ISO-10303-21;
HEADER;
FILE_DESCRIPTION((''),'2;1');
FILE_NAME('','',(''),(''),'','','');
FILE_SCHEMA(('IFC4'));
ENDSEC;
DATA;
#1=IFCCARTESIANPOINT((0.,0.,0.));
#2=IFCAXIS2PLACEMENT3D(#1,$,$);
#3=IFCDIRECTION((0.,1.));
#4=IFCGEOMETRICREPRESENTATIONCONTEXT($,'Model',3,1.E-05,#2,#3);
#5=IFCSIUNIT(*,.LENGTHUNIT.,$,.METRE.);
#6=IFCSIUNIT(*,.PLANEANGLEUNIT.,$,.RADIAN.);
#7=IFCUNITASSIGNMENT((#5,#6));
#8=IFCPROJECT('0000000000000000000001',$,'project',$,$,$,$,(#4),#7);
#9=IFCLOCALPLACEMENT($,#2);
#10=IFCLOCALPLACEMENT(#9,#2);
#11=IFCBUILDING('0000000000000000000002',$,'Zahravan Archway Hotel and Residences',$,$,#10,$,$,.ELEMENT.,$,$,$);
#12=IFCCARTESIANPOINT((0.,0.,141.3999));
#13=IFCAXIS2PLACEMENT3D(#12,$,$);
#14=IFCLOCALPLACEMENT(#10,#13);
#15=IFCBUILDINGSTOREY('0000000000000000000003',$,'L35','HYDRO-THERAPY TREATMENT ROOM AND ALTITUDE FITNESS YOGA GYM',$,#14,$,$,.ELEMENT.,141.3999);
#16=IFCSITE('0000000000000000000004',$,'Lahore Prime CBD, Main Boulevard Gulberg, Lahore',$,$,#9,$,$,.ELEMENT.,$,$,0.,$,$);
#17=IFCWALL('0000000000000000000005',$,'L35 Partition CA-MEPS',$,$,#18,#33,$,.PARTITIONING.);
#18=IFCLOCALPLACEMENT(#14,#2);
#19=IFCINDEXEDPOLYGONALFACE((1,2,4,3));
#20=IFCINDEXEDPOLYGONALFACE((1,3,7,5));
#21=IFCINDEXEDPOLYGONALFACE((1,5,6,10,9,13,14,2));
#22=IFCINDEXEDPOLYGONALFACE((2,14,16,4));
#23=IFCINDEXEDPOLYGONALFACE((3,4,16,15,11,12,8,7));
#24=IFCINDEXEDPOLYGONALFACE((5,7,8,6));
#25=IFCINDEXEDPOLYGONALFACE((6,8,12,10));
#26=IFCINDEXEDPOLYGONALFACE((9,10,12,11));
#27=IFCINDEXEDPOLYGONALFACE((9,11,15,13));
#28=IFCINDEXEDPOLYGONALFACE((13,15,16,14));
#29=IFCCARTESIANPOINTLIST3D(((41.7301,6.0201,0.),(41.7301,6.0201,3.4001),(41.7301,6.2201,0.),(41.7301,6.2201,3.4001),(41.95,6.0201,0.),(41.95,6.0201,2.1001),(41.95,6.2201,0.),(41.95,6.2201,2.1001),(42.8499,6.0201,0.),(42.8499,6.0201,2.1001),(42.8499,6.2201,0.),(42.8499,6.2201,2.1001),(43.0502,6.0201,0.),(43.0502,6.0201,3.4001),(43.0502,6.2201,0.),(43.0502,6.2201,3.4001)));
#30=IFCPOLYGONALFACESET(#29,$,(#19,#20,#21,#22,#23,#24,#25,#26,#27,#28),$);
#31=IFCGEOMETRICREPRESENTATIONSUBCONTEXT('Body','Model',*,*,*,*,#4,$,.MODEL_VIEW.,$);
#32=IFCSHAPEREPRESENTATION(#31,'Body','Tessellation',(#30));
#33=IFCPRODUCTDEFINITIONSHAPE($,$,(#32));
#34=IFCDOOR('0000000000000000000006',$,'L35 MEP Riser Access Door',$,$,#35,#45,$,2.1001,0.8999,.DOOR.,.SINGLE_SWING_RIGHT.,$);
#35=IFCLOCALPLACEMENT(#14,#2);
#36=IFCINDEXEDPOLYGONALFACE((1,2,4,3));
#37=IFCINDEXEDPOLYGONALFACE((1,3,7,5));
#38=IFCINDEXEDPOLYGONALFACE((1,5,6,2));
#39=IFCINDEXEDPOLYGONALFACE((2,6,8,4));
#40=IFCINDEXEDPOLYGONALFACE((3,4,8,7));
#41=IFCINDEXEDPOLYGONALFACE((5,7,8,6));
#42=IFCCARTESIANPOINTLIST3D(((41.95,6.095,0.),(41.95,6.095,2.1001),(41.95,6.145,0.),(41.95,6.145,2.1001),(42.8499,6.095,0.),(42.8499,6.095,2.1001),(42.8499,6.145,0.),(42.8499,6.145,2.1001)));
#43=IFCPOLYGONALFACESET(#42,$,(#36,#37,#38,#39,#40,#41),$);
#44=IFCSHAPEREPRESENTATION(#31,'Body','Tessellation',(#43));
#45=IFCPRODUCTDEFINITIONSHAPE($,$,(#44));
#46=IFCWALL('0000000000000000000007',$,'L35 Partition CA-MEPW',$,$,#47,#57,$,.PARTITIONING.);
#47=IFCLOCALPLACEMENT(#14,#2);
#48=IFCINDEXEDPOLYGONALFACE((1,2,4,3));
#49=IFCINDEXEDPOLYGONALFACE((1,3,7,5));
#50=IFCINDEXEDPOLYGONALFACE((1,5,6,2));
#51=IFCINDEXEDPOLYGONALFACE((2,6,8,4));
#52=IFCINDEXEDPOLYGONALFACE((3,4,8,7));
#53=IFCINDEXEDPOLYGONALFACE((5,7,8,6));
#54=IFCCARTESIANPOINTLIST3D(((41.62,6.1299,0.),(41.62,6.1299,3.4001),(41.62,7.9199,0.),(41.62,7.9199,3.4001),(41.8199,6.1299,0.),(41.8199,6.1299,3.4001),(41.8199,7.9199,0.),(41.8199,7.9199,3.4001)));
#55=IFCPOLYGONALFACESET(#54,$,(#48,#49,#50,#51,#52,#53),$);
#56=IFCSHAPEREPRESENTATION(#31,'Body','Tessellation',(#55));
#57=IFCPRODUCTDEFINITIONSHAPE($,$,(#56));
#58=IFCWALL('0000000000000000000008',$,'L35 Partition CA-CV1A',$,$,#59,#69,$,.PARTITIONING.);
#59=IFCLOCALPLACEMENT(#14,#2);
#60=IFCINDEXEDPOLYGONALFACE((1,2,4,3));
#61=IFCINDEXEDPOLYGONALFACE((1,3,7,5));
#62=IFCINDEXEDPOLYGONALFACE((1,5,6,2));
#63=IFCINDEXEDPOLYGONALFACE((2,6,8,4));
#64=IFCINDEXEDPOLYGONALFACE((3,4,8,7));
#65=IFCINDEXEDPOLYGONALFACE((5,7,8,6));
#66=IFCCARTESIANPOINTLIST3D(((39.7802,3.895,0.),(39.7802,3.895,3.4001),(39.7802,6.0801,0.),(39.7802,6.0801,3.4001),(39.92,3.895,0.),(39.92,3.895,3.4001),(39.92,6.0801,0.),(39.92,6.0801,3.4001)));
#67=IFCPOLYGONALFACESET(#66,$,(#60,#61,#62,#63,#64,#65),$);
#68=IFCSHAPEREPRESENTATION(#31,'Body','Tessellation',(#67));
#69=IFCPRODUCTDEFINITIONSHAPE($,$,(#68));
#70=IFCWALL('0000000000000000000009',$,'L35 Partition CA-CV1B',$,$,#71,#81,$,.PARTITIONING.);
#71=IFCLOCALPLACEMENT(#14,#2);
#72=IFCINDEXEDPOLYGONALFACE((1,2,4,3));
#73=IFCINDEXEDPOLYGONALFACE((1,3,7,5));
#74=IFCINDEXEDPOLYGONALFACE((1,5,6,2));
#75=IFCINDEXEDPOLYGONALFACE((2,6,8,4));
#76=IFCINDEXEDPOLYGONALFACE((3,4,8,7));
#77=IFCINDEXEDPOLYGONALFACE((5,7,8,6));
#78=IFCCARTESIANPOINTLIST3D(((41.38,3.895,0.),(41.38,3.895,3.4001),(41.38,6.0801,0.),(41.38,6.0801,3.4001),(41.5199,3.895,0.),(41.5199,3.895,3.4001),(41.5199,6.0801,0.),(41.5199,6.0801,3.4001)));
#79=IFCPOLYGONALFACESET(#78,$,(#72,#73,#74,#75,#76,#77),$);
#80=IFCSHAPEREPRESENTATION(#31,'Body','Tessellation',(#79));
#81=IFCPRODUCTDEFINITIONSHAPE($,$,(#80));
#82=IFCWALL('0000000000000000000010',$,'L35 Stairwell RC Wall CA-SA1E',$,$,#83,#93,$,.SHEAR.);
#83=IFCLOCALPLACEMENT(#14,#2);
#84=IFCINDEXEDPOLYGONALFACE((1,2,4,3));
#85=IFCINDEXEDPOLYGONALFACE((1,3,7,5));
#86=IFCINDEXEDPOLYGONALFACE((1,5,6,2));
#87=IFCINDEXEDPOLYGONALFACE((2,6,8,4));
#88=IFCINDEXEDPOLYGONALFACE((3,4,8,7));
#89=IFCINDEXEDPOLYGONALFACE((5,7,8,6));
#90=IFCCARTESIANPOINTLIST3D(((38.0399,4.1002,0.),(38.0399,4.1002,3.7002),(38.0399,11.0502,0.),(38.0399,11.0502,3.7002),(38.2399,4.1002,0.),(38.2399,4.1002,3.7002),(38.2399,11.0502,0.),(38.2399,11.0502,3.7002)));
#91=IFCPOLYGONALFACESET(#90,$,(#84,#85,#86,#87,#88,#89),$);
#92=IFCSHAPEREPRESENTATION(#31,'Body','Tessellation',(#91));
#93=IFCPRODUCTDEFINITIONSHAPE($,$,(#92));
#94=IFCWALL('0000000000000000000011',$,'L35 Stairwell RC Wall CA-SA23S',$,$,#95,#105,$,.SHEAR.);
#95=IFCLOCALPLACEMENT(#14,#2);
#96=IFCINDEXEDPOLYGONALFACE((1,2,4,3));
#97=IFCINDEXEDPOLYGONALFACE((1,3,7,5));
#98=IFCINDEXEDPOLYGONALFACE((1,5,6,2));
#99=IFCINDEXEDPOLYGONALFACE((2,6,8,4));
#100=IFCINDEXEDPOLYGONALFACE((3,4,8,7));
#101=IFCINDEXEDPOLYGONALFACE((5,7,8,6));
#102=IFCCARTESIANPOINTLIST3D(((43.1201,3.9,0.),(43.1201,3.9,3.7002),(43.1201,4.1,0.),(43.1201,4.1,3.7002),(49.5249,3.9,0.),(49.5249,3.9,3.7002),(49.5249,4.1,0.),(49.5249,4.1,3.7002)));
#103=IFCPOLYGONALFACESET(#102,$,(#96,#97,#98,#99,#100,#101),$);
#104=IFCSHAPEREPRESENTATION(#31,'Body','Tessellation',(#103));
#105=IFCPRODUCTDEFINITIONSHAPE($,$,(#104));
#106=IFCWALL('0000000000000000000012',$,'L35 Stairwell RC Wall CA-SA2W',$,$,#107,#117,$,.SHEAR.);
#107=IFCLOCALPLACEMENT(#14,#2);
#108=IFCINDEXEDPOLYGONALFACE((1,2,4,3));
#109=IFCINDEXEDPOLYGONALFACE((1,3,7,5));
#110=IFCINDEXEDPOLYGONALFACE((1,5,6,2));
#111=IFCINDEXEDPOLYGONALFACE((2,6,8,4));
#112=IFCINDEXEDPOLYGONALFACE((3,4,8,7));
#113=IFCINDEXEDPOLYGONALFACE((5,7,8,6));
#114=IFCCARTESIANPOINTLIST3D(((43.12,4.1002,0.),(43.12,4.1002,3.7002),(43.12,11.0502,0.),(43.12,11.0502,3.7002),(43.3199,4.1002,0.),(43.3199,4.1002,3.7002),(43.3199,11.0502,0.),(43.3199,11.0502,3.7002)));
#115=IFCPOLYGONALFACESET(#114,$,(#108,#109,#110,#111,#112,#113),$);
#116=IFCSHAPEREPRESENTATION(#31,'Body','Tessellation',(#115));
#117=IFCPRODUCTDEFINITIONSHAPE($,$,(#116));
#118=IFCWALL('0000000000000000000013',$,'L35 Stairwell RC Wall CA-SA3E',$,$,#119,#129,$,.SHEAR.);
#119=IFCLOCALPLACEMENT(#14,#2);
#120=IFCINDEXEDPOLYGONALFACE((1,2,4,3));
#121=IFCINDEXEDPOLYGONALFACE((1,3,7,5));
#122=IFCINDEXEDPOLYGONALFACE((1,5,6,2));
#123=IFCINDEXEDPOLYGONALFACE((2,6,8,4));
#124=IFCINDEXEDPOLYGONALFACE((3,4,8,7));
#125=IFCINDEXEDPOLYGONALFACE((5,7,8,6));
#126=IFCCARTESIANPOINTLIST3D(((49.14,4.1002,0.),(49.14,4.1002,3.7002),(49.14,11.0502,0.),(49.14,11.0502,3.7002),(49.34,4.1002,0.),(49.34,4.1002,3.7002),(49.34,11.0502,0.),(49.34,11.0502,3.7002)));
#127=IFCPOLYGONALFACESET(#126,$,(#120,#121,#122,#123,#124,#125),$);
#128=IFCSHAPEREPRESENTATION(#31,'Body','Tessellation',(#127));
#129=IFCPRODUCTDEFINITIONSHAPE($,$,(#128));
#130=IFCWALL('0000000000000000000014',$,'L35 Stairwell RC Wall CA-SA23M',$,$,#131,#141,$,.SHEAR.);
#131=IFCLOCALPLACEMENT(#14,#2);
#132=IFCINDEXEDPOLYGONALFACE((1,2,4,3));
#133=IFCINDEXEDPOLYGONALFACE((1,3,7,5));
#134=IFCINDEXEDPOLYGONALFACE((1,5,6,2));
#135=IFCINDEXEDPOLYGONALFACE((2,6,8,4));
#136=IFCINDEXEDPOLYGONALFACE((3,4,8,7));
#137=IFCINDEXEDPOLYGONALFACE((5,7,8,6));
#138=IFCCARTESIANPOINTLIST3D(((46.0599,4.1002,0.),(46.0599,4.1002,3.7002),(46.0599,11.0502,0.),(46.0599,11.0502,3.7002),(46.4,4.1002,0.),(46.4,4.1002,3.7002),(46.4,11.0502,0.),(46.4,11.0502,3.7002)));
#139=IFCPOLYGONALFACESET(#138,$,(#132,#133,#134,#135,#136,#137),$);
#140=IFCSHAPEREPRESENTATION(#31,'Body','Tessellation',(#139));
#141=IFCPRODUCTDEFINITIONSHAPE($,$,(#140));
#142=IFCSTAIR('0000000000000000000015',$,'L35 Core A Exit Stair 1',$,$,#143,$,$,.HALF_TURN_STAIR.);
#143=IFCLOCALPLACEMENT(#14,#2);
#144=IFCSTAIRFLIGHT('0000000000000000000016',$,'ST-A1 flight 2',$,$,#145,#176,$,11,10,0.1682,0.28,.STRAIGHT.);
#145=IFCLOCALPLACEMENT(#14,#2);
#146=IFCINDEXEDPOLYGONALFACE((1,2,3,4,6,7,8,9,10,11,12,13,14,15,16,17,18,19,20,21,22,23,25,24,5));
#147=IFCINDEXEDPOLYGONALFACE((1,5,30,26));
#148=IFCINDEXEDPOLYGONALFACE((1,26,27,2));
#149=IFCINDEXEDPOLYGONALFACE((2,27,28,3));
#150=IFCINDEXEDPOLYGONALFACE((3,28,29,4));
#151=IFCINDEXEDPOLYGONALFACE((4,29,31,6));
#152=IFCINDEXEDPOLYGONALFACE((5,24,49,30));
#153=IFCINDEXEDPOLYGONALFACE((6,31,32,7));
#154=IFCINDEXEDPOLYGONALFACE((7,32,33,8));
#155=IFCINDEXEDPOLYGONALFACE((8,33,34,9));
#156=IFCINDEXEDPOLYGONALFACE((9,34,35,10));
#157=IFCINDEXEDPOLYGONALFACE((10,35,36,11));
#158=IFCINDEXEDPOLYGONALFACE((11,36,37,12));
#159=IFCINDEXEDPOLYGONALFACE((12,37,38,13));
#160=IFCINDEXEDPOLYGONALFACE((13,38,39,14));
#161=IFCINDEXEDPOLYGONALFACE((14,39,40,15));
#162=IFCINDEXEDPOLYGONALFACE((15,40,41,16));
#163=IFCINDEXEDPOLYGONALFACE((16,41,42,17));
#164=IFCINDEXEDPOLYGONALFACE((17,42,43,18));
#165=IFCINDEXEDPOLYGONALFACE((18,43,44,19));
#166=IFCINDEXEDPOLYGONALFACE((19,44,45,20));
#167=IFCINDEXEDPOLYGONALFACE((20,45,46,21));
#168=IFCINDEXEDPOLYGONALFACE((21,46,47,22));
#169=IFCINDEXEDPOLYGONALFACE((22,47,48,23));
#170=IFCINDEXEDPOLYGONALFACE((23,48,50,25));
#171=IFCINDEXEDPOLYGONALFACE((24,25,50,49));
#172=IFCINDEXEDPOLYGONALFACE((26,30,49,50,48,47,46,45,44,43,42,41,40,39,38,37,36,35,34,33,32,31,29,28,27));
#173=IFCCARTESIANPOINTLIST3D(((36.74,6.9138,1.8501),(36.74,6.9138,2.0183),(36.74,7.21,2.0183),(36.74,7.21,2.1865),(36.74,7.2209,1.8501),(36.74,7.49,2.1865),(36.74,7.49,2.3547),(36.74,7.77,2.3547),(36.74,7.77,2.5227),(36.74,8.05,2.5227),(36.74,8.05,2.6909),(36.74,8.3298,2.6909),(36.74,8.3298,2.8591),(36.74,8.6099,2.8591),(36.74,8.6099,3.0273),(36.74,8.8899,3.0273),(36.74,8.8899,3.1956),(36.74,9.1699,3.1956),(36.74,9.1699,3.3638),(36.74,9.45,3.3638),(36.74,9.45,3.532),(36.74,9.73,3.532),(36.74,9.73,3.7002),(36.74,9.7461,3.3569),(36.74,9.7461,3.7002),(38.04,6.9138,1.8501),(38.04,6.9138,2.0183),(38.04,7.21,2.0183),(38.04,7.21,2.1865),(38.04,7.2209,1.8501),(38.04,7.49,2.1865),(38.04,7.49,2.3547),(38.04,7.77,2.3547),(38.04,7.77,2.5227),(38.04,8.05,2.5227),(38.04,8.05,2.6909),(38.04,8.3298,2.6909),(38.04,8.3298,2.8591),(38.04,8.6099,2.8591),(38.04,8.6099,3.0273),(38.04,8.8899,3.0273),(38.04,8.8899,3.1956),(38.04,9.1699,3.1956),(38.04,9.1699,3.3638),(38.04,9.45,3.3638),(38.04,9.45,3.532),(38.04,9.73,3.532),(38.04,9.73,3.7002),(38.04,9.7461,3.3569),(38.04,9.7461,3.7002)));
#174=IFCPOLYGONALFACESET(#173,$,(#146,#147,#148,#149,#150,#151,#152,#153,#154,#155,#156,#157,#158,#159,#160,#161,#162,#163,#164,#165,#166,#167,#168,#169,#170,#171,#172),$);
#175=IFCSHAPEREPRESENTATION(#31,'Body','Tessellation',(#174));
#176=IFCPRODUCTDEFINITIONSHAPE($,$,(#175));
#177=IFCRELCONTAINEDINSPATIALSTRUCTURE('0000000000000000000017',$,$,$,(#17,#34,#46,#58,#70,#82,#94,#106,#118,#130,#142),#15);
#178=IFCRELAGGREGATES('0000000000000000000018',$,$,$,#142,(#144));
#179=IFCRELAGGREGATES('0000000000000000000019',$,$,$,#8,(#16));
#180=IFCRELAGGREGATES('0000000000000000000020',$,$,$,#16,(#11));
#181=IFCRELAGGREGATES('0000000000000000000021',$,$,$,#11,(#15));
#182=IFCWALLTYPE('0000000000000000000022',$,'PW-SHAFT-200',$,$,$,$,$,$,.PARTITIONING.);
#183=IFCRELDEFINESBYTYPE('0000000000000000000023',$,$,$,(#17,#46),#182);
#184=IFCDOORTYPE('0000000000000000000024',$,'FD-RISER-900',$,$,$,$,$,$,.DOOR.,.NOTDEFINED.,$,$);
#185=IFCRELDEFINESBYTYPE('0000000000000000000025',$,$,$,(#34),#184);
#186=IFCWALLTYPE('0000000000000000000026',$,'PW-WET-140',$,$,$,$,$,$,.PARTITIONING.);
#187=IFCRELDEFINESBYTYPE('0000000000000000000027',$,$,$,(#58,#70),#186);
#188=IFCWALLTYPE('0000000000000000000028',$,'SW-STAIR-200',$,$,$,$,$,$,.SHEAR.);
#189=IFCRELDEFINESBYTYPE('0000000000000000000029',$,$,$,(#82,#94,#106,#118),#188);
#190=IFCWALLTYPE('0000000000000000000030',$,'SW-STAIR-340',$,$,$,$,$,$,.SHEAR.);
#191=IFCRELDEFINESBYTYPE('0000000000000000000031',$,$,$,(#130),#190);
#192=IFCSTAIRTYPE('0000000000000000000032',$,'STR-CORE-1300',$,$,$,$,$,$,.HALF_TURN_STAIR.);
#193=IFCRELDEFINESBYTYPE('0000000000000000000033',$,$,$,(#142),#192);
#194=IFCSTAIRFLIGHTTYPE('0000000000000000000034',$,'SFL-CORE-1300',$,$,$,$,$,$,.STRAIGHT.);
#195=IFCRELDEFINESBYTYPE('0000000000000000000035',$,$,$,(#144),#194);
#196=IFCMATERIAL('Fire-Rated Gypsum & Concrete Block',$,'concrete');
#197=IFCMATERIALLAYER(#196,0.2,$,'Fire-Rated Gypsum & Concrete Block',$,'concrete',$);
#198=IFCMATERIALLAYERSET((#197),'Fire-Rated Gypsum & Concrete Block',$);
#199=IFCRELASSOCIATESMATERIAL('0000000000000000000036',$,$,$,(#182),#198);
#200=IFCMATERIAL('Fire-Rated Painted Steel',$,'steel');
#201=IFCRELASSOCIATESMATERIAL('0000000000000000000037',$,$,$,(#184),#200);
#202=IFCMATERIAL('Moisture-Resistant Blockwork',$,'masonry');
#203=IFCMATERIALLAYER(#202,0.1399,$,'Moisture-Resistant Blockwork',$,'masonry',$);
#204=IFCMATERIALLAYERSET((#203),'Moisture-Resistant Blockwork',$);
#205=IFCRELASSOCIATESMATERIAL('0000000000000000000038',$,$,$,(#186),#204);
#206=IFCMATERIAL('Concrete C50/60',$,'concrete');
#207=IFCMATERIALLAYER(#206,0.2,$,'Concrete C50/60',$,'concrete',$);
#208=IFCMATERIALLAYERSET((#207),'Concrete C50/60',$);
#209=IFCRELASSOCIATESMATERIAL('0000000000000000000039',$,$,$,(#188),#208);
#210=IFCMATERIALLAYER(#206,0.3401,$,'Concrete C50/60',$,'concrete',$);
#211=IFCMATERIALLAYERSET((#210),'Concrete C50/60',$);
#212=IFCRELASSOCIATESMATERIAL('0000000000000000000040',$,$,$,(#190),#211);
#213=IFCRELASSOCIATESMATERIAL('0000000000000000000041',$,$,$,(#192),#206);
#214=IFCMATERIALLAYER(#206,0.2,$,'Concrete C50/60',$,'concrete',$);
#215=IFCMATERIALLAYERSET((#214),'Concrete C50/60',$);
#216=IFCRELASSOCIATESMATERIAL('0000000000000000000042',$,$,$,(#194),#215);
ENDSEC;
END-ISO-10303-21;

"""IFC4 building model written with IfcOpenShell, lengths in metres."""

from ifc_helpers import new_model, si_unit, direction, frame, frame_2d, origin, place, context, subcontext, project, spatial, polyline, rectangle, outline, extrude, source, transform, mapped, material, layer, layer_set, type_object, type_shapes, element, fill, aggregate, save


model = new_model("IFC4")

# Units and contexts
model_context = context("Model", 3, precision=1e-05, world=origin(), true_north=direction((0.0, 1.0)))
body_context = subcontext(model_context, "Body", "Model", "MODEL_VIEW")
ifc_project = project(units=[si_unit("LENGTHUNIT", "METRE"), si_unit("PLANEANGLEUNIT", "RADIAN")], contexts=[model_context])

# Site, building, storey
site_placement = place(None, origin())
site = spatial("IfcSite", under=ifc_project, at=site_placement, Name="Lahore Prime CBD, Main Boulevard Gulberg, Lahore", CompositionType="ELEMENT", RefElevation=0.0)
building_placement = place(site_placement, origin())
building = spatial("IfcBuilding", under=site, at=building_placement, Name="Zahravan Archway Hotel and Residences", CompositionType="ELEMENT")
storey_placement = place(building_placement, frame((0.0, 0.0, 141.3999)))
storey = spatial("IfcBuildingStorey", under=building, at=storey_placement, Name="L35", Description="HYDRO-THERAPY TREATMENT ROOM AND ALTITUDE FITNESS YOGA GYM", CompositionType="ELEMENT", Elevation=141.3999)

# Shared definitions
ifc_material_1 = material(Name="Fire-Rated Gypsum & Concrete Block", Category="concrete")
ifc_layer_1 = layer(ifc_material_1, 0.2, Name="Fire-Rated Gypsum & Concrete Block", Category="concrete")
ifc_layer_set_1 = layer_set([ifc_layer_1], Name="Fire-Rated Gypsum & Concrete Block")
wall_type_1 = type_object("IfcWallType", Name="PW-SHAFT-200", PredefinedType="PARTITIONING", material=ifc_layer_set_1)
ifc_material_2 = material(Name="Fire-Rated Painted Steel", Category="steel")
door_type = type_object("IfcDoorType", Name="FD-RISER-900", OperationType="NOTDEFINED", PredefinedType="DOOR", material=ifc_material_2)
shared_shape_1 = source(origin(), body_context, "Body", "SweptSolid", [
    extrude(rectangle(XDim=0.8999, YDim=2.1001, at=frame_2d((0.45, 1.05))), frame((0.0, 0.0249, 0.0), z_axis=(0.0, -1.0, 0.0), x_axis=(1.0, 0.0, 0.0)), (0.0, 0.0, 1.0), 0.05),
])
type_shapes(door_type, [shared_shape_1])

# Wall, opening, door
wall_1_placement = place(storey_placement, frame((41.73, 6.1201, 0.0), z_axis=(0.0, 0.0, 1.0), x_axis=(1.0, 0.0, 0.0)))
wall_1 = element("IfcWall", 1, at=wall_1_placement, inside=storey, type_object=wall_type_1, Name="L35 Partition CA-MEPS", PredefinedType="PARTITIONING", context=body_context, shape_type="SweptSolid", body=[
    extrude(rectangle(XDim=1.3201, YDim=0.2, at=frame_2d((0.6602, 0.0))), origin(), (0.0, 0.0, 1.0), 3.4001),
])
opening_1_placement = place(wall_1_placement, frame((0.22, 0.0, 0.0)))
opening_1 = element("IfcOpeningElement", 2, at=opening_1_placement, cuts=wall_1, PredefinedType="OPENING", context=body_context, shape_type="SweptSolid", body=[
    extrude(rectangle(XDim=0.8999, YDim=2.1001, at=frame_2d((0.45, 1.05))), frame((0.0, 0.1099, 0.0), z_axis=(0.0, -1.0, 0.0), x_axis=(1.0, 0.0, 0.0)), (0.0, 0.0, 1.0), 0.22),
])
door_1_placement = place(opening_1_placement, origin())
door_1 = element("IfcDoor", 3, at=door_1_placement, inside=storey, type_object=door_type, Name="L35 MEP Riser Access Door", OperationType="SINGLE_SWING_RIGHT", OverallHeight=2.1001, OverallWidth=0.8999, PredefinedType="DOOR", context=body_context, shape_type="MappedRepresentation", body=[
    mapped(shared_shape_1, transform((0.0, 0.0, 0.0), scale=1.0)),
])
fill(opening_1, door_1)

# Walls
wall_2_placement = place(storey_placement, frame((41.72, 6.1299, 0.0), z_axis=(0.0, 0.0, 1.0), x_axis=(0.0, 1.0, 0.0)))
element("IfcWall", 4, at=wall_2_placement, inside=storey, type_object=wall_type_1, Name="L35 Partition CA-MEPW", PredefinedType="PARTITIONING", context=body_context, shape_type="SweptSolid", body=[
    extrude(rectangle(XDim=1.79, YDim=0.2, at=frame_2d((0.895, 0.0))), origin(), (0.0, 0.0, 1.0), 3.4001),
])
ifc_material_3 = material(Name="Moisture-Resistant Blockwork", Category="masonry")
ifc_layer_2 = layer(ifc_material_3, 0.1399, Name="Moisture-Resistant Blockwork", Category="masonry")
ifc_layer_set_2 = layer_set([ifc_layer_2], Name="Moisture-Resistant Blockwork")
wall_type_2 = type_object("IfcWallType", Name="PW-WET-140", PredefinedType="PARTITIONING", material=ifc_layer_set_2)
for number, where, z_axis, x_axis, name in (
    (5, (39.8501, 3.895, 0.0), (0.0, 0.0, 1.0), (0.0, 1.0, 0.0), "L35 Partition CA-CV1A"),
    (6, (41.45, 3.895, 0.0), (0.0, 0.0, 1.0), (0.0, 1.0, 0.0), "L35 Partition CA-CV1B"),
):
    element("IfcWall", number, at=place(storey_placement, frame(where, z_axis=z_axis, x_axis=x_axis)), inside=storey, type_object=wall_type_2, Name=name, PredefinedType="PARTITIONING", context=body_context, shape_type="SweptSolid", body=[
        extrude(rectangle(XDim=2.1851, YDim=0.1399, at=frame_2d((1.0925, 0.0))), origin(), (0.0, 0.0, 1.0), 3.4001),
    ])
ifc_material_4 = material(Name="Concrete C50/60", Category="concrete")
ifc_layer_3 = layer(ifc_material_4, 0.2, Name="Concrete C50/60", Category="concrete")
ifc_layer_set_3 = layer_set([ifc_layer_3], Name="Concrete C50/60")
wall_type_3 = type_object("IfcWallType", Name="SW-STAIR-200", PredefinedType="SHEAR", material=ifc_layer_set_3)
wall_3_placement = place(storey_placement, frame((38.1399, 4.1001, 0.0), z_axis=(0.0, 0.0, 1.0), x_axis=(0.0, 1.0, 0.0)))
element("IfcWall", 7, at=wall_3_placement, inside=storey, type_object=wall_type_3, Name="L35 Stairwell RC Wall CA-SA1E", PredefinedType="SHEAR", context=body_context, shape_type="SweptSolid", body=[
    extrude(rectangle(XDim=6.95, YDim=0.2, at=frame_2d((3.4751, 0.0))), origin(), (0.0, 0.0, 1.0), 3.7002),
])
wall_4_placement = place(storey_placement, frame((43.1201, 4.0, 0.0), z_axis=(0.0, 0.0, 1.0), x_axis=(1.0, 0.0, 0.0)))
element("IfcWall", 8, at=wall_4_placement, inside=storey, type_object=wall_type_3, Name="L35 Stairwell RC Wall CA-SA23S", PredefinedType="SHEAR", context=body_context, shape_type="SweptSolid", body=[
    extrude(rectangle(XDim=6.4048, YDim=0.2, at=frame_2d((3.2024, 0.0))), origin(), (0.0, 0.0, 1.0), 3.7002),
])
for number, where, z_axis, x_axis, name in (
    (9, (43.22, 4.1001, 0.0), (0.0, 0.0, 1.0), (0.0, 1.0, 0.0), "L35 Stairwell RC Wall CA-SA2W"),
    (10, (49.24, 4.1001, 0.0), (0.0, 0.0, 1.0), (0.0, 1.0, 0.0), "L35 Stairwell RC Wall CA-SA3E"),
):
    element("IfcWall", number, at=place(storey_placement, frame(where, z_axis=z_axis, x_axis=x_axis)), inside=storey, type_object=wall_type_3, Name=name, PredefinedType="SHEAR", context=body_context, shape_type="SweptSolid", body=[
        extrude(rectangle(XDim=6.95, YDim=0.2, at=frame_2d((3.4751, 0.0))), origin(), (0.0, 0.0, 1.0), 3.7002),
    ])
ifc_layer_4 = layer(ifc_material_4, 0.3401, Name="Concrete C50/60", Category="concrete")
ifc_layer_set_4 = layer_set([ifc_layer_4], Name="Concrete C50/60")
wall_type_4 = type_object("IfcWallType", Name="SW-STAIR-340", PredefinedType="SHEAR", material=ifc_layer_set_4)
wall_5_placement = place(storey_placement, frame((46.23, 4.1001, 0.0), z_axis=(0.0, 0.0, 1.0), x_axis=(0.0, 1.0, 0.0)))
element("IfcWall", 11, at=wall_5_placement, inside=storey, type_object=wall_type_4, Name="L35 Stairwell RC Wall CA-SA23M", PredefinedType="SHEAR", context=body_context, shape_type="SweptSolid", body=[
    extrude(rectangle(XDim=6.95, YDim=0.3401, at=frame_2d((3.4751, 0.0))), origin(), (0.0, 0.0, 1.0), 3.7002),
])

# Stair, stair flight
stair_type = type_object("IfcStairType", Name="STR-CORE-1300", PredefinedType="HALF_TURN_STAIR", material=ifc_material_4)
stair_1_placement = place(storey_placement, origin())
stair_1 = element("IfcStair", 12, at=stair_1_placement, inside=storey, type_object=stair_type, Name="L35 Core A Exit Stair 1", PredefinedType="HALF_TURN_STAIR")
ifc_layer_5 = layer(ifc_material_4, 0.2, Name="Concrete C50/60", Category="concrete")
ifc_layer_set_5 = layer_set([ifc_layer_5], Name="Concrete C50/60")
stair_flight_type = type_object("IfcStairFlightType", Name="SFL-CORE-1300", PredefinedType="STRAIGHT", material=ifc_layer_set_5)
shared_shape_2 = source(origin(), body_context, "Body", "SweptSolid", [
    extrude(outline(polyline([(-0.0161, 0.0), (-0.0161, 0.1682), (0.28, 0.1682), (0.28, 0.3364), (0.5601, 0.3364), (0.5601, 0.5046), (0.8401, 0.5046), (0.8401, 0.6726), (1.1201, 0.6726), (1.1201, 0.8408), (1.3999, 0.8408), (1.3999, 1.009), (1.6799, 1.009), (1.6799, 1.1772), (1.96, 1.1772), (1.96, 1.3455), (2.24, 1.3455), (2.24, 1.5137), (2.52, 1.5137), (2.52, 1.6819), (2.8, 1.6819), (2.8, 1.8501), (2.8162, 1.8501), (2.8162, 1.5068), (0.291, 0.0), (-0.0161, 0.0)])), frame((0.0, 0.6499, 0.0), z_axis=(0.0, -1.0, 0.0), x_axis=(1.0, 0.0, 0.0)), (0.0, 0.0, 1.0), 1.3),
])
stair_flight_1_placement = place(storey_placement, frame((37.3899, 6.9299, 1.8501), z_axis=(0.0, 0.0, 1.0), x_axis=(0.0, 1.0, 0.0)))
stair_flight_1 = element("IfcStairFlight", 13, at=stair_flight_1_placement, type_object=stair_flight_type, Name="ST-A1 flight 2", NumberOfRisers=11, NumberOfTreads=10, PredefinedType="STRAIGHT", RiserHeight=0.1682, TreadLength=0.28, context=body_context, shape_type="MappedRepresentation", body=[
    mapped(shared_shape_2, transform((0.0, 0.0, 0.0), scale=1.0)),
])
aggregate(stair_1, [stair_flight_1])

save(model, "model.ifc")
